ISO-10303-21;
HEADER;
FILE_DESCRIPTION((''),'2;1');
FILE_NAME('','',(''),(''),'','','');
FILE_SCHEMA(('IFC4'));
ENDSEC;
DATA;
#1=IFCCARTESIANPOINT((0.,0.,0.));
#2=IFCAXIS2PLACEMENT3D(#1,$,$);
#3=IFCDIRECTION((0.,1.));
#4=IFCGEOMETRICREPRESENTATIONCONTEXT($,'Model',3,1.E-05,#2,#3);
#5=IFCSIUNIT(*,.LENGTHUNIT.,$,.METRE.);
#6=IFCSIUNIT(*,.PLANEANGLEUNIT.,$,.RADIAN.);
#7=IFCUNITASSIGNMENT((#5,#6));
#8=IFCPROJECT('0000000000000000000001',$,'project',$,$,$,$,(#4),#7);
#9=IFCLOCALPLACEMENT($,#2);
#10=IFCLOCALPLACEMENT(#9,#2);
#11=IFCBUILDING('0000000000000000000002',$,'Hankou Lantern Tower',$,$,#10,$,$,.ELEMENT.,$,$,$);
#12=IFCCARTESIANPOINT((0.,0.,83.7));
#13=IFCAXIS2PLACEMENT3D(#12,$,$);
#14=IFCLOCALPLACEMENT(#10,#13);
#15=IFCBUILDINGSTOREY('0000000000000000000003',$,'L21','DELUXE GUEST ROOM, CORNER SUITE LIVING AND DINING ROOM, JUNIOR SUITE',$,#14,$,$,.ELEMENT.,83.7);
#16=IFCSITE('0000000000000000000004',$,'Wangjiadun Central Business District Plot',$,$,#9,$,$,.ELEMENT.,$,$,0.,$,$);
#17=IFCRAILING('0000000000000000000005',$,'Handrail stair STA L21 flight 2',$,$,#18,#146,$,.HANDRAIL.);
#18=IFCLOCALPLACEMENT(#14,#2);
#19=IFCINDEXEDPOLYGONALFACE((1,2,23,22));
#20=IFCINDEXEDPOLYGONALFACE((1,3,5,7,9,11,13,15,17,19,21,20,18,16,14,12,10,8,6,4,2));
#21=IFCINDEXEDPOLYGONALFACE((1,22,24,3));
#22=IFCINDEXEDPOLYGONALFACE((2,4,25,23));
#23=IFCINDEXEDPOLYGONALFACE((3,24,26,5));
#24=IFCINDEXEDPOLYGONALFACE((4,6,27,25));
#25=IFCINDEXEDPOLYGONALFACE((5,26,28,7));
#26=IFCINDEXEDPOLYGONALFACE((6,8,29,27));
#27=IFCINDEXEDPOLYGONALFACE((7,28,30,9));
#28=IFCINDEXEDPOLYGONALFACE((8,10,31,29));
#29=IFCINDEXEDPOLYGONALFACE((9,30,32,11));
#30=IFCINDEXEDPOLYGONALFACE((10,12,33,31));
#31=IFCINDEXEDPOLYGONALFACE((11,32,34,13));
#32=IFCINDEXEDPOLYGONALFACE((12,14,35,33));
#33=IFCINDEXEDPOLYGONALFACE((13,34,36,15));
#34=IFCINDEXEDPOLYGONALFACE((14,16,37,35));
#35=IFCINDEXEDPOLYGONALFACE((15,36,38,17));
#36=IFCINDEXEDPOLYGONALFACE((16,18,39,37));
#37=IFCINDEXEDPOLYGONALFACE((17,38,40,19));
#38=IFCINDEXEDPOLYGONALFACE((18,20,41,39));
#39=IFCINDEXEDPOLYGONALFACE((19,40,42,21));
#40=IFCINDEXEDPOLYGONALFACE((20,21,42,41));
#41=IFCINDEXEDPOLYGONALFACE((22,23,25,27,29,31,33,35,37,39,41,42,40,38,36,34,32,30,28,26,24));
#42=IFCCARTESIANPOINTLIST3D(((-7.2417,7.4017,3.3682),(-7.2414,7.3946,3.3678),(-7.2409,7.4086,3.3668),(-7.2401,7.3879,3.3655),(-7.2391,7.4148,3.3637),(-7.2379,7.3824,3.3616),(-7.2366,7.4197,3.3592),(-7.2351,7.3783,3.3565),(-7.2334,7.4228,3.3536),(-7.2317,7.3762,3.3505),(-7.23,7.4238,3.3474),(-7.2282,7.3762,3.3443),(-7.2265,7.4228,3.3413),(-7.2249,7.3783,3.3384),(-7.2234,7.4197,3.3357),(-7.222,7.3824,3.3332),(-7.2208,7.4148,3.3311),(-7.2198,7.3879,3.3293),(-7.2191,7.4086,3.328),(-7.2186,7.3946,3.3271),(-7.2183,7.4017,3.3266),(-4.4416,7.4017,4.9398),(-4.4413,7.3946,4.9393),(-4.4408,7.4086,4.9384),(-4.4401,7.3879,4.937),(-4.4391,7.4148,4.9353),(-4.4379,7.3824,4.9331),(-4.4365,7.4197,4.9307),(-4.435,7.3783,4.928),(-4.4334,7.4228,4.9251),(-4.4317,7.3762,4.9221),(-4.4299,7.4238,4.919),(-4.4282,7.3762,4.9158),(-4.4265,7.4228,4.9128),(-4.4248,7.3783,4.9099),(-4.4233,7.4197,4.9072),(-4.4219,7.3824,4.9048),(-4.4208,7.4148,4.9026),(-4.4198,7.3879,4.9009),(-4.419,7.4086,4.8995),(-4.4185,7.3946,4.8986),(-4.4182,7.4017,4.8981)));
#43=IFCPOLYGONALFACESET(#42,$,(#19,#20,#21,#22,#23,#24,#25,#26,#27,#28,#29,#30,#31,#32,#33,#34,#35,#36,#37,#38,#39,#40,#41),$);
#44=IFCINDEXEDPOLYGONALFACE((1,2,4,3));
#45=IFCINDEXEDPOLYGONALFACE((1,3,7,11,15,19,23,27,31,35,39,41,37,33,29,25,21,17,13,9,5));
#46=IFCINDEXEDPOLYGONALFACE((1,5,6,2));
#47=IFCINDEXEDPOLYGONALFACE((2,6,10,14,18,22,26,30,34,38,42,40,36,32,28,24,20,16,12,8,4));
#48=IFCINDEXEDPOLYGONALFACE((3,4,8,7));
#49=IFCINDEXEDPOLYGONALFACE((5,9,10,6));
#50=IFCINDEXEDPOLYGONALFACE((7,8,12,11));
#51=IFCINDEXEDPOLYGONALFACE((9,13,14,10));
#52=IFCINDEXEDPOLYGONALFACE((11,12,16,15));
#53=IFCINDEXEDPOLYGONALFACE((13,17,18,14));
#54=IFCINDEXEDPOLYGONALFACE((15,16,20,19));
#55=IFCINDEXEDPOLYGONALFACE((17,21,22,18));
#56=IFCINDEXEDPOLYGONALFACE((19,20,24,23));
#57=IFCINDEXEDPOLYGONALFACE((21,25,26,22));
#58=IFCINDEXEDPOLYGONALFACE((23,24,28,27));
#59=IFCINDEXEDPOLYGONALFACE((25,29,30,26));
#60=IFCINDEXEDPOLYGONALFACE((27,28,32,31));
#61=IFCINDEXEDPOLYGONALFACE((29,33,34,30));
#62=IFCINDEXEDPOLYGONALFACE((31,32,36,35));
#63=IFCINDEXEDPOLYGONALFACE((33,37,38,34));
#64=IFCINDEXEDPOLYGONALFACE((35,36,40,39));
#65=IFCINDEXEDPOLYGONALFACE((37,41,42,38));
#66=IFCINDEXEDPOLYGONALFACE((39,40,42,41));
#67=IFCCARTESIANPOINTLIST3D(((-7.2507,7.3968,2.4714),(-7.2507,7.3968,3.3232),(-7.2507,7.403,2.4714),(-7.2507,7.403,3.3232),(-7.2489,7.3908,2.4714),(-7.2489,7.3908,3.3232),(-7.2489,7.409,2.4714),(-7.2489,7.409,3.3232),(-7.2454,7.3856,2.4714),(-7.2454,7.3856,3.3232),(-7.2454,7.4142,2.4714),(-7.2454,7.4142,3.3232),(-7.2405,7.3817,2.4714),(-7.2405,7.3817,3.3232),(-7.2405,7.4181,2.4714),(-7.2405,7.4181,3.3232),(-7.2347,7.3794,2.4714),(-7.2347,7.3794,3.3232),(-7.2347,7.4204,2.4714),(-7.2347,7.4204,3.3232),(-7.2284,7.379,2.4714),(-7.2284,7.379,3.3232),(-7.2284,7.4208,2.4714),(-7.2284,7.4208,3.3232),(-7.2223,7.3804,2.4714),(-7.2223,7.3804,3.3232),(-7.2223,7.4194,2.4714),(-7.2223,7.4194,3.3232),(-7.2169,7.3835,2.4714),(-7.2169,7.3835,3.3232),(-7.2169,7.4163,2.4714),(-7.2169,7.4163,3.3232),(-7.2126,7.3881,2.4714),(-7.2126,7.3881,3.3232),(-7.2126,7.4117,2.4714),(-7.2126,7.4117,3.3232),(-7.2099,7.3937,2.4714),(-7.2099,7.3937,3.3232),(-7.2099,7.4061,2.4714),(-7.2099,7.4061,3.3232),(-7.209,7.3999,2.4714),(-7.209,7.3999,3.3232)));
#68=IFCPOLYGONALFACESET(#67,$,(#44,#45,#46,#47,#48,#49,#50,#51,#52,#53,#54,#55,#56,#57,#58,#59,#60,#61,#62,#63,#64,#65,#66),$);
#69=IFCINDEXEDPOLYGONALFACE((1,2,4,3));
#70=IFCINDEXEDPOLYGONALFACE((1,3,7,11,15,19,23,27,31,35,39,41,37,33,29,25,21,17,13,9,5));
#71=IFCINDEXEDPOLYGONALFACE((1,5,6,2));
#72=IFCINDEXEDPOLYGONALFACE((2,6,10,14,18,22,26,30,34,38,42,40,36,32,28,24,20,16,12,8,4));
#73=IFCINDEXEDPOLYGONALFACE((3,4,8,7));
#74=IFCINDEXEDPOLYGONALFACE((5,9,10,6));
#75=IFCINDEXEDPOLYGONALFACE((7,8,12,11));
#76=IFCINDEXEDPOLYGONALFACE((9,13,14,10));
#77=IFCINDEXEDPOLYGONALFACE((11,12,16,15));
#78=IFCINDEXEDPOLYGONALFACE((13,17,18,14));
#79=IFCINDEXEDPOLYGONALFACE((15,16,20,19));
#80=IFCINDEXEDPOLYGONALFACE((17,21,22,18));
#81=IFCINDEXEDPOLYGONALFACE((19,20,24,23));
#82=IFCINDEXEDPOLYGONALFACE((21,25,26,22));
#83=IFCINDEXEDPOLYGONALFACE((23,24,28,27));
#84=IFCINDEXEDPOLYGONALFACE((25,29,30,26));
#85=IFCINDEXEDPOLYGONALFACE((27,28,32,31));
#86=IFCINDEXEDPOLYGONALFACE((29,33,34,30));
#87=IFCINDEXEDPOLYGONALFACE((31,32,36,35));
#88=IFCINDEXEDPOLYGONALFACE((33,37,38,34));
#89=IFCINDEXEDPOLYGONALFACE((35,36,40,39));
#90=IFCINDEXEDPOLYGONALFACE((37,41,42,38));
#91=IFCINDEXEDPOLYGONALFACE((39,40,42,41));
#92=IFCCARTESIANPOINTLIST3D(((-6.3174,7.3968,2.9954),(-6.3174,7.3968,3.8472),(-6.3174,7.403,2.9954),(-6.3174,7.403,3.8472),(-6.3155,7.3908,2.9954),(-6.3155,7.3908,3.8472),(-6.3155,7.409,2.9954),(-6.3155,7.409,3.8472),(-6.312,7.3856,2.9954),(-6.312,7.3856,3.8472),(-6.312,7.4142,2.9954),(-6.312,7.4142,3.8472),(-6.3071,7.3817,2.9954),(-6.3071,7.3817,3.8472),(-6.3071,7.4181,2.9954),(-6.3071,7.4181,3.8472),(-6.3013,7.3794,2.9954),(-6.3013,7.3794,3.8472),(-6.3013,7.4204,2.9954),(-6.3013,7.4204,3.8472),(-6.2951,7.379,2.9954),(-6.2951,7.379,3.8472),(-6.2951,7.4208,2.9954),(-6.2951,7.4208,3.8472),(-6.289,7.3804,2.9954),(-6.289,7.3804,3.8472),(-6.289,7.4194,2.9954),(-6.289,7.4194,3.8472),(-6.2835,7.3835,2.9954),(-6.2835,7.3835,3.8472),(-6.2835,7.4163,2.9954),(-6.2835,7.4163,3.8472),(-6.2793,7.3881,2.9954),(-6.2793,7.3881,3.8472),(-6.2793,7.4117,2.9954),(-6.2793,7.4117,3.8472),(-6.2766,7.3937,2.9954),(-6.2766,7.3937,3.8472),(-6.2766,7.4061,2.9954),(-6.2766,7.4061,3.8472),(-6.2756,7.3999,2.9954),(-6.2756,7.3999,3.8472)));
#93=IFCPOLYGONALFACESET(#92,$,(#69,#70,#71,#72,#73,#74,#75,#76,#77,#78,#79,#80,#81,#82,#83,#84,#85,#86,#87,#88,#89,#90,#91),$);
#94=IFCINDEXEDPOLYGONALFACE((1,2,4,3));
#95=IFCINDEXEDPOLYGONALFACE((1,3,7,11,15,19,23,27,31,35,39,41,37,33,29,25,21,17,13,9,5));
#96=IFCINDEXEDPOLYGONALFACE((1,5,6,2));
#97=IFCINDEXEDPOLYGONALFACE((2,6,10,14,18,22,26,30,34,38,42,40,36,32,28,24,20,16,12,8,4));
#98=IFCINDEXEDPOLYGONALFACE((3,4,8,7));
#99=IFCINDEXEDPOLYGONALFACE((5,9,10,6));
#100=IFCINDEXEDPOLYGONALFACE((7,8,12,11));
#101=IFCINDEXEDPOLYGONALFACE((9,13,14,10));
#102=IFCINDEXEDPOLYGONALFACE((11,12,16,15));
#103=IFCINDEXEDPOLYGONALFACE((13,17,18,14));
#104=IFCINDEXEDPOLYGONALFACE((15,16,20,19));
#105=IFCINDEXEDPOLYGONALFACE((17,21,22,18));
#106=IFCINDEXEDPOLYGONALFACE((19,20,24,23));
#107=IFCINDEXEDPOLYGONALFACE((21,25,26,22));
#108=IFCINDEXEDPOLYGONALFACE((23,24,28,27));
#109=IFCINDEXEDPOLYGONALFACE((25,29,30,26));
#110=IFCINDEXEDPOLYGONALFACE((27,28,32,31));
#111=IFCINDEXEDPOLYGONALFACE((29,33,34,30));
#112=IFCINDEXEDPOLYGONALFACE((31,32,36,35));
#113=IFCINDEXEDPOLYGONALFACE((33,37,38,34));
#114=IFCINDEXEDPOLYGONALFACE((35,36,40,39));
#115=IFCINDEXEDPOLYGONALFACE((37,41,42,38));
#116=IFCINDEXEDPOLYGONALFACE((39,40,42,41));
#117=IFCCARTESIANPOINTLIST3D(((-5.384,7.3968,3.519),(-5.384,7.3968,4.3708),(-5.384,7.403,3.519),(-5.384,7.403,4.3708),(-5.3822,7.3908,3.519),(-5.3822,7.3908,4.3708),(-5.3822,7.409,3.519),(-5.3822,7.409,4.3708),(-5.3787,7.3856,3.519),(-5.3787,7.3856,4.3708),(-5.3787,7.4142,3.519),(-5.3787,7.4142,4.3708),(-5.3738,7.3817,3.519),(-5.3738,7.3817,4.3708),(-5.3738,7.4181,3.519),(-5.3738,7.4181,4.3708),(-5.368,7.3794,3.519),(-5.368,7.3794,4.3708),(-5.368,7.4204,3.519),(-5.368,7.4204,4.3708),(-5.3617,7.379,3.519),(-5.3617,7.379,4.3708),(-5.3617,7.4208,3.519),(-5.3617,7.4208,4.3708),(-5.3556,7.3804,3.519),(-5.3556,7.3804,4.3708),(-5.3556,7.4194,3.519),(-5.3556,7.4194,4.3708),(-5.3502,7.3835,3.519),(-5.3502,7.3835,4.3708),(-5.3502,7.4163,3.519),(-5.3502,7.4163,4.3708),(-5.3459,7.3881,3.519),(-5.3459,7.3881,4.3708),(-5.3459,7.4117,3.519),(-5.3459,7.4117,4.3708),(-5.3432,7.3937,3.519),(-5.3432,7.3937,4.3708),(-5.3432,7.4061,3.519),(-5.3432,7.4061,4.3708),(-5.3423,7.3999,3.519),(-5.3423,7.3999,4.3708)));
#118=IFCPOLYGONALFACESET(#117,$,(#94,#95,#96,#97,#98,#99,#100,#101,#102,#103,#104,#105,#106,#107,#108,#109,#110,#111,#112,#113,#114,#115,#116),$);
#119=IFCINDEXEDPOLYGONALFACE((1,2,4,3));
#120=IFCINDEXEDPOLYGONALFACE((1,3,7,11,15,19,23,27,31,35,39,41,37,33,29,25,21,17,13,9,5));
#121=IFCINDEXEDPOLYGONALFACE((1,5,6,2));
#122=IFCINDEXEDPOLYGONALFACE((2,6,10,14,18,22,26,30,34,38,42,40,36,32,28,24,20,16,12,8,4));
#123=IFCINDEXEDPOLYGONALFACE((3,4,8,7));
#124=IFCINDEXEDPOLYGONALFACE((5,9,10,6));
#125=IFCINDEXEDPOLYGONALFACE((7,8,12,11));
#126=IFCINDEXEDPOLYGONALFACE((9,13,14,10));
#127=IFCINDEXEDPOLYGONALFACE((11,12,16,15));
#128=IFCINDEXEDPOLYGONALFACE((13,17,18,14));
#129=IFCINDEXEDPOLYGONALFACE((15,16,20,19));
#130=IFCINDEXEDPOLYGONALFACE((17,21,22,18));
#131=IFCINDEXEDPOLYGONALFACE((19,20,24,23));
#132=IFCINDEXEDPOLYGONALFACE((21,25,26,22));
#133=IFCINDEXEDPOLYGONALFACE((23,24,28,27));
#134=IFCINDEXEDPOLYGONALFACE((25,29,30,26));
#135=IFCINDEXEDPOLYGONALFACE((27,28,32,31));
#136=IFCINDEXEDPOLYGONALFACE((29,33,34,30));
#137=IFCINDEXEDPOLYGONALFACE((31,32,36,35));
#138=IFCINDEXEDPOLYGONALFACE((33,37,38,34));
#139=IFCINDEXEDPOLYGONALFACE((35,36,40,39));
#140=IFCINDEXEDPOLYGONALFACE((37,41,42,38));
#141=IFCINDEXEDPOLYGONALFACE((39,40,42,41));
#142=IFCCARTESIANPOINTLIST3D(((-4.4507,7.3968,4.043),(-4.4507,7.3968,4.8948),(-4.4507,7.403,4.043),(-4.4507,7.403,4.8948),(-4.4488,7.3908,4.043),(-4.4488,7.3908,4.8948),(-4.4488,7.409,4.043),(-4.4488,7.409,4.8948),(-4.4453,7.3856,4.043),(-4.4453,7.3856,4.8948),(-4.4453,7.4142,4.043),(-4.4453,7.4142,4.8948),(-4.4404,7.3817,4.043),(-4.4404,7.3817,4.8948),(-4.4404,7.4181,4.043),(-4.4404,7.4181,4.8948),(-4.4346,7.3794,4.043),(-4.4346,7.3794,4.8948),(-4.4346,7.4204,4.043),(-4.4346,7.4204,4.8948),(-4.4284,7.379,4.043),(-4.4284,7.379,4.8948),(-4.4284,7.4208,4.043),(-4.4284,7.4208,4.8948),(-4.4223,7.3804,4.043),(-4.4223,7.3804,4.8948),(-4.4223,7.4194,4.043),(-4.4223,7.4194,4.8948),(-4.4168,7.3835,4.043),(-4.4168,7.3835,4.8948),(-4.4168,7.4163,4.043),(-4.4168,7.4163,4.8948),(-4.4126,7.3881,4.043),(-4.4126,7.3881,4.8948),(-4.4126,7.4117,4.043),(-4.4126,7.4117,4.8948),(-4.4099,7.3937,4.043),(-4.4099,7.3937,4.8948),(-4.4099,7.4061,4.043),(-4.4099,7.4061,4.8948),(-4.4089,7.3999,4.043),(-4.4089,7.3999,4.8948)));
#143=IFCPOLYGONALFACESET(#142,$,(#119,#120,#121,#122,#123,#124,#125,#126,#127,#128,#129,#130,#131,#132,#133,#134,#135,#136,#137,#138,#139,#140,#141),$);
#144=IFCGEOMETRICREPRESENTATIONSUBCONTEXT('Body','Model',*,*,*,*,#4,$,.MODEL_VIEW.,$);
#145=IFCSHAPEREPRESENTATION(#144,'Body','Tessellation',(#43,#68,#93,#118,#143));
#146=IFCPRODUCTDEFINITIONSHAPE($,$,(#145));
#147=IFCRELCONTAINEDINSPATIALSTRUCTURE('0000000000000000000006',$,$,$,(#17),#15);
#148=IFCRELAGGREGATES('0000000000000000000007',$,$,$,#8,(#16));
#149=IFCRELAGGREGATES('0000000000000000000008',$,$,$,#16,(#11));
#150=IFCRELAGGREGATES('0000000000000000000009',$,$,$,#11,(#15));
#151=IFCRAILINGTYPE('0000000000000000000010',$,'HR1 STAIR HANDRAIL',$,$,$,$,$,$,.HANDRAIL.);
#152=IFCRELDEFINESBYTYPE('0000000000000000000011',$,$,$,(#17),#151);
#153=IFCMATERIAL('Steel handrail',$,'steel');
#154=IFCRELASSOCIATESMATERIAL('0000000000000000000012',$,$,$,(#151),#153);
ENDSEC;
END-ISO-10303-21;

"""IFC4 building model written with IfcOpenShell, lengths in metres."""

from ifc_helpers import new_model, si_unit, direction, frame, origin, origin_2d, place, context, subcontext, project, spatial, circle, extrude, material, type_object, element, save


model = new_model("IFC4")

# Units and contexts
model_context = context("Model", 3, precision=1e-05, world=origin(), true_north=direction((0.0, 1.0)))
body_context = subcontext(model_context, "Body", "Model", "MODEL_VIEW")
ifc_project = project(units=[si_unit("LENGTHUNIT", "METRE"), si_unit("PLANEANGLEUNIT", "RADIAN")], contexts=[model_context])

# Site, building, storey
site_placement = place(None, origin())
site = spatial("IfcSite", under=ifc_project, at=site_placement, Name="Wangjiadun Central Business District Plot", CompositionType="ELEMENT", RefElevation=0.0)
building_placement = place(site_placement, origin())
building = spatial("IfcBuilding", under=site, at=building_placement, Name="Hankou Lantern Tower", CompositionType="ELEMENT")
storey_placement = place(building_placement, frame((0.0, 0.0, 83.7)))
storey = spatial("IfcBuildingStorey", under=building, at=storey_placement, Name="L21", Description="DELUXE GUEST ROOM, CORNER SUITE LIVING AND DINING ROOM, JUNIOR SUITE", CompositionType="ELEMENT", Elevation=83.7)

# Railing
ifc_material_1 = material(Name="Steel handrail", Category="steel")
railing_type = type_object("IfcRailingType", Name="HR1 STAIR HANDRAIL", PredefinedType="HANDRAIL", material=ifc_material_1)
railing_1_placement = place(storey_placement, frame((-7.23, 7.3999, 2.4714)))
element("IfcRailing", 1, at=railing_1_placement, inside=storey, type_object=railing_type, Name="Handrail stair STA L21 flight 2", PredefinedType="HANDRAIL", context=body_context, shape_type="SweptSolid", body=[
    extrude(circle(Radius=0.0239, at=origin_2d()), frame((0.0, 0.0, 0.876), z_axis=(0.87204, 0.0, 0.489434), x_axis=(0.0, 1.0, 0.0)), (0.0, 0.0, 1.0), 3.2109),
    extrude(circle(Radius=0.021, at=origin_2d()), origin(), (0.0, 0.0, 1.0), 0.8518),
    extrude(circle(Radius=0.021, at=origin_2d()), frame((0.9333, 0.0, 0.5239)), (0.0, 0.0, 1.0), 0.8518),
    extrude(circle(Radius=0.021, at=origin_2d()), frame((1.8667, 0.0, 1.0476)), (0.0, 0.0, 1.0), 0.8518),
    extrude(circle(Radius=0.021, at=origin_2d()), frame((2.8, 0.0, 1.5715)), (0.0, 0.0, 1.0), 0.8518),
])

save(model, "model.ifc")
